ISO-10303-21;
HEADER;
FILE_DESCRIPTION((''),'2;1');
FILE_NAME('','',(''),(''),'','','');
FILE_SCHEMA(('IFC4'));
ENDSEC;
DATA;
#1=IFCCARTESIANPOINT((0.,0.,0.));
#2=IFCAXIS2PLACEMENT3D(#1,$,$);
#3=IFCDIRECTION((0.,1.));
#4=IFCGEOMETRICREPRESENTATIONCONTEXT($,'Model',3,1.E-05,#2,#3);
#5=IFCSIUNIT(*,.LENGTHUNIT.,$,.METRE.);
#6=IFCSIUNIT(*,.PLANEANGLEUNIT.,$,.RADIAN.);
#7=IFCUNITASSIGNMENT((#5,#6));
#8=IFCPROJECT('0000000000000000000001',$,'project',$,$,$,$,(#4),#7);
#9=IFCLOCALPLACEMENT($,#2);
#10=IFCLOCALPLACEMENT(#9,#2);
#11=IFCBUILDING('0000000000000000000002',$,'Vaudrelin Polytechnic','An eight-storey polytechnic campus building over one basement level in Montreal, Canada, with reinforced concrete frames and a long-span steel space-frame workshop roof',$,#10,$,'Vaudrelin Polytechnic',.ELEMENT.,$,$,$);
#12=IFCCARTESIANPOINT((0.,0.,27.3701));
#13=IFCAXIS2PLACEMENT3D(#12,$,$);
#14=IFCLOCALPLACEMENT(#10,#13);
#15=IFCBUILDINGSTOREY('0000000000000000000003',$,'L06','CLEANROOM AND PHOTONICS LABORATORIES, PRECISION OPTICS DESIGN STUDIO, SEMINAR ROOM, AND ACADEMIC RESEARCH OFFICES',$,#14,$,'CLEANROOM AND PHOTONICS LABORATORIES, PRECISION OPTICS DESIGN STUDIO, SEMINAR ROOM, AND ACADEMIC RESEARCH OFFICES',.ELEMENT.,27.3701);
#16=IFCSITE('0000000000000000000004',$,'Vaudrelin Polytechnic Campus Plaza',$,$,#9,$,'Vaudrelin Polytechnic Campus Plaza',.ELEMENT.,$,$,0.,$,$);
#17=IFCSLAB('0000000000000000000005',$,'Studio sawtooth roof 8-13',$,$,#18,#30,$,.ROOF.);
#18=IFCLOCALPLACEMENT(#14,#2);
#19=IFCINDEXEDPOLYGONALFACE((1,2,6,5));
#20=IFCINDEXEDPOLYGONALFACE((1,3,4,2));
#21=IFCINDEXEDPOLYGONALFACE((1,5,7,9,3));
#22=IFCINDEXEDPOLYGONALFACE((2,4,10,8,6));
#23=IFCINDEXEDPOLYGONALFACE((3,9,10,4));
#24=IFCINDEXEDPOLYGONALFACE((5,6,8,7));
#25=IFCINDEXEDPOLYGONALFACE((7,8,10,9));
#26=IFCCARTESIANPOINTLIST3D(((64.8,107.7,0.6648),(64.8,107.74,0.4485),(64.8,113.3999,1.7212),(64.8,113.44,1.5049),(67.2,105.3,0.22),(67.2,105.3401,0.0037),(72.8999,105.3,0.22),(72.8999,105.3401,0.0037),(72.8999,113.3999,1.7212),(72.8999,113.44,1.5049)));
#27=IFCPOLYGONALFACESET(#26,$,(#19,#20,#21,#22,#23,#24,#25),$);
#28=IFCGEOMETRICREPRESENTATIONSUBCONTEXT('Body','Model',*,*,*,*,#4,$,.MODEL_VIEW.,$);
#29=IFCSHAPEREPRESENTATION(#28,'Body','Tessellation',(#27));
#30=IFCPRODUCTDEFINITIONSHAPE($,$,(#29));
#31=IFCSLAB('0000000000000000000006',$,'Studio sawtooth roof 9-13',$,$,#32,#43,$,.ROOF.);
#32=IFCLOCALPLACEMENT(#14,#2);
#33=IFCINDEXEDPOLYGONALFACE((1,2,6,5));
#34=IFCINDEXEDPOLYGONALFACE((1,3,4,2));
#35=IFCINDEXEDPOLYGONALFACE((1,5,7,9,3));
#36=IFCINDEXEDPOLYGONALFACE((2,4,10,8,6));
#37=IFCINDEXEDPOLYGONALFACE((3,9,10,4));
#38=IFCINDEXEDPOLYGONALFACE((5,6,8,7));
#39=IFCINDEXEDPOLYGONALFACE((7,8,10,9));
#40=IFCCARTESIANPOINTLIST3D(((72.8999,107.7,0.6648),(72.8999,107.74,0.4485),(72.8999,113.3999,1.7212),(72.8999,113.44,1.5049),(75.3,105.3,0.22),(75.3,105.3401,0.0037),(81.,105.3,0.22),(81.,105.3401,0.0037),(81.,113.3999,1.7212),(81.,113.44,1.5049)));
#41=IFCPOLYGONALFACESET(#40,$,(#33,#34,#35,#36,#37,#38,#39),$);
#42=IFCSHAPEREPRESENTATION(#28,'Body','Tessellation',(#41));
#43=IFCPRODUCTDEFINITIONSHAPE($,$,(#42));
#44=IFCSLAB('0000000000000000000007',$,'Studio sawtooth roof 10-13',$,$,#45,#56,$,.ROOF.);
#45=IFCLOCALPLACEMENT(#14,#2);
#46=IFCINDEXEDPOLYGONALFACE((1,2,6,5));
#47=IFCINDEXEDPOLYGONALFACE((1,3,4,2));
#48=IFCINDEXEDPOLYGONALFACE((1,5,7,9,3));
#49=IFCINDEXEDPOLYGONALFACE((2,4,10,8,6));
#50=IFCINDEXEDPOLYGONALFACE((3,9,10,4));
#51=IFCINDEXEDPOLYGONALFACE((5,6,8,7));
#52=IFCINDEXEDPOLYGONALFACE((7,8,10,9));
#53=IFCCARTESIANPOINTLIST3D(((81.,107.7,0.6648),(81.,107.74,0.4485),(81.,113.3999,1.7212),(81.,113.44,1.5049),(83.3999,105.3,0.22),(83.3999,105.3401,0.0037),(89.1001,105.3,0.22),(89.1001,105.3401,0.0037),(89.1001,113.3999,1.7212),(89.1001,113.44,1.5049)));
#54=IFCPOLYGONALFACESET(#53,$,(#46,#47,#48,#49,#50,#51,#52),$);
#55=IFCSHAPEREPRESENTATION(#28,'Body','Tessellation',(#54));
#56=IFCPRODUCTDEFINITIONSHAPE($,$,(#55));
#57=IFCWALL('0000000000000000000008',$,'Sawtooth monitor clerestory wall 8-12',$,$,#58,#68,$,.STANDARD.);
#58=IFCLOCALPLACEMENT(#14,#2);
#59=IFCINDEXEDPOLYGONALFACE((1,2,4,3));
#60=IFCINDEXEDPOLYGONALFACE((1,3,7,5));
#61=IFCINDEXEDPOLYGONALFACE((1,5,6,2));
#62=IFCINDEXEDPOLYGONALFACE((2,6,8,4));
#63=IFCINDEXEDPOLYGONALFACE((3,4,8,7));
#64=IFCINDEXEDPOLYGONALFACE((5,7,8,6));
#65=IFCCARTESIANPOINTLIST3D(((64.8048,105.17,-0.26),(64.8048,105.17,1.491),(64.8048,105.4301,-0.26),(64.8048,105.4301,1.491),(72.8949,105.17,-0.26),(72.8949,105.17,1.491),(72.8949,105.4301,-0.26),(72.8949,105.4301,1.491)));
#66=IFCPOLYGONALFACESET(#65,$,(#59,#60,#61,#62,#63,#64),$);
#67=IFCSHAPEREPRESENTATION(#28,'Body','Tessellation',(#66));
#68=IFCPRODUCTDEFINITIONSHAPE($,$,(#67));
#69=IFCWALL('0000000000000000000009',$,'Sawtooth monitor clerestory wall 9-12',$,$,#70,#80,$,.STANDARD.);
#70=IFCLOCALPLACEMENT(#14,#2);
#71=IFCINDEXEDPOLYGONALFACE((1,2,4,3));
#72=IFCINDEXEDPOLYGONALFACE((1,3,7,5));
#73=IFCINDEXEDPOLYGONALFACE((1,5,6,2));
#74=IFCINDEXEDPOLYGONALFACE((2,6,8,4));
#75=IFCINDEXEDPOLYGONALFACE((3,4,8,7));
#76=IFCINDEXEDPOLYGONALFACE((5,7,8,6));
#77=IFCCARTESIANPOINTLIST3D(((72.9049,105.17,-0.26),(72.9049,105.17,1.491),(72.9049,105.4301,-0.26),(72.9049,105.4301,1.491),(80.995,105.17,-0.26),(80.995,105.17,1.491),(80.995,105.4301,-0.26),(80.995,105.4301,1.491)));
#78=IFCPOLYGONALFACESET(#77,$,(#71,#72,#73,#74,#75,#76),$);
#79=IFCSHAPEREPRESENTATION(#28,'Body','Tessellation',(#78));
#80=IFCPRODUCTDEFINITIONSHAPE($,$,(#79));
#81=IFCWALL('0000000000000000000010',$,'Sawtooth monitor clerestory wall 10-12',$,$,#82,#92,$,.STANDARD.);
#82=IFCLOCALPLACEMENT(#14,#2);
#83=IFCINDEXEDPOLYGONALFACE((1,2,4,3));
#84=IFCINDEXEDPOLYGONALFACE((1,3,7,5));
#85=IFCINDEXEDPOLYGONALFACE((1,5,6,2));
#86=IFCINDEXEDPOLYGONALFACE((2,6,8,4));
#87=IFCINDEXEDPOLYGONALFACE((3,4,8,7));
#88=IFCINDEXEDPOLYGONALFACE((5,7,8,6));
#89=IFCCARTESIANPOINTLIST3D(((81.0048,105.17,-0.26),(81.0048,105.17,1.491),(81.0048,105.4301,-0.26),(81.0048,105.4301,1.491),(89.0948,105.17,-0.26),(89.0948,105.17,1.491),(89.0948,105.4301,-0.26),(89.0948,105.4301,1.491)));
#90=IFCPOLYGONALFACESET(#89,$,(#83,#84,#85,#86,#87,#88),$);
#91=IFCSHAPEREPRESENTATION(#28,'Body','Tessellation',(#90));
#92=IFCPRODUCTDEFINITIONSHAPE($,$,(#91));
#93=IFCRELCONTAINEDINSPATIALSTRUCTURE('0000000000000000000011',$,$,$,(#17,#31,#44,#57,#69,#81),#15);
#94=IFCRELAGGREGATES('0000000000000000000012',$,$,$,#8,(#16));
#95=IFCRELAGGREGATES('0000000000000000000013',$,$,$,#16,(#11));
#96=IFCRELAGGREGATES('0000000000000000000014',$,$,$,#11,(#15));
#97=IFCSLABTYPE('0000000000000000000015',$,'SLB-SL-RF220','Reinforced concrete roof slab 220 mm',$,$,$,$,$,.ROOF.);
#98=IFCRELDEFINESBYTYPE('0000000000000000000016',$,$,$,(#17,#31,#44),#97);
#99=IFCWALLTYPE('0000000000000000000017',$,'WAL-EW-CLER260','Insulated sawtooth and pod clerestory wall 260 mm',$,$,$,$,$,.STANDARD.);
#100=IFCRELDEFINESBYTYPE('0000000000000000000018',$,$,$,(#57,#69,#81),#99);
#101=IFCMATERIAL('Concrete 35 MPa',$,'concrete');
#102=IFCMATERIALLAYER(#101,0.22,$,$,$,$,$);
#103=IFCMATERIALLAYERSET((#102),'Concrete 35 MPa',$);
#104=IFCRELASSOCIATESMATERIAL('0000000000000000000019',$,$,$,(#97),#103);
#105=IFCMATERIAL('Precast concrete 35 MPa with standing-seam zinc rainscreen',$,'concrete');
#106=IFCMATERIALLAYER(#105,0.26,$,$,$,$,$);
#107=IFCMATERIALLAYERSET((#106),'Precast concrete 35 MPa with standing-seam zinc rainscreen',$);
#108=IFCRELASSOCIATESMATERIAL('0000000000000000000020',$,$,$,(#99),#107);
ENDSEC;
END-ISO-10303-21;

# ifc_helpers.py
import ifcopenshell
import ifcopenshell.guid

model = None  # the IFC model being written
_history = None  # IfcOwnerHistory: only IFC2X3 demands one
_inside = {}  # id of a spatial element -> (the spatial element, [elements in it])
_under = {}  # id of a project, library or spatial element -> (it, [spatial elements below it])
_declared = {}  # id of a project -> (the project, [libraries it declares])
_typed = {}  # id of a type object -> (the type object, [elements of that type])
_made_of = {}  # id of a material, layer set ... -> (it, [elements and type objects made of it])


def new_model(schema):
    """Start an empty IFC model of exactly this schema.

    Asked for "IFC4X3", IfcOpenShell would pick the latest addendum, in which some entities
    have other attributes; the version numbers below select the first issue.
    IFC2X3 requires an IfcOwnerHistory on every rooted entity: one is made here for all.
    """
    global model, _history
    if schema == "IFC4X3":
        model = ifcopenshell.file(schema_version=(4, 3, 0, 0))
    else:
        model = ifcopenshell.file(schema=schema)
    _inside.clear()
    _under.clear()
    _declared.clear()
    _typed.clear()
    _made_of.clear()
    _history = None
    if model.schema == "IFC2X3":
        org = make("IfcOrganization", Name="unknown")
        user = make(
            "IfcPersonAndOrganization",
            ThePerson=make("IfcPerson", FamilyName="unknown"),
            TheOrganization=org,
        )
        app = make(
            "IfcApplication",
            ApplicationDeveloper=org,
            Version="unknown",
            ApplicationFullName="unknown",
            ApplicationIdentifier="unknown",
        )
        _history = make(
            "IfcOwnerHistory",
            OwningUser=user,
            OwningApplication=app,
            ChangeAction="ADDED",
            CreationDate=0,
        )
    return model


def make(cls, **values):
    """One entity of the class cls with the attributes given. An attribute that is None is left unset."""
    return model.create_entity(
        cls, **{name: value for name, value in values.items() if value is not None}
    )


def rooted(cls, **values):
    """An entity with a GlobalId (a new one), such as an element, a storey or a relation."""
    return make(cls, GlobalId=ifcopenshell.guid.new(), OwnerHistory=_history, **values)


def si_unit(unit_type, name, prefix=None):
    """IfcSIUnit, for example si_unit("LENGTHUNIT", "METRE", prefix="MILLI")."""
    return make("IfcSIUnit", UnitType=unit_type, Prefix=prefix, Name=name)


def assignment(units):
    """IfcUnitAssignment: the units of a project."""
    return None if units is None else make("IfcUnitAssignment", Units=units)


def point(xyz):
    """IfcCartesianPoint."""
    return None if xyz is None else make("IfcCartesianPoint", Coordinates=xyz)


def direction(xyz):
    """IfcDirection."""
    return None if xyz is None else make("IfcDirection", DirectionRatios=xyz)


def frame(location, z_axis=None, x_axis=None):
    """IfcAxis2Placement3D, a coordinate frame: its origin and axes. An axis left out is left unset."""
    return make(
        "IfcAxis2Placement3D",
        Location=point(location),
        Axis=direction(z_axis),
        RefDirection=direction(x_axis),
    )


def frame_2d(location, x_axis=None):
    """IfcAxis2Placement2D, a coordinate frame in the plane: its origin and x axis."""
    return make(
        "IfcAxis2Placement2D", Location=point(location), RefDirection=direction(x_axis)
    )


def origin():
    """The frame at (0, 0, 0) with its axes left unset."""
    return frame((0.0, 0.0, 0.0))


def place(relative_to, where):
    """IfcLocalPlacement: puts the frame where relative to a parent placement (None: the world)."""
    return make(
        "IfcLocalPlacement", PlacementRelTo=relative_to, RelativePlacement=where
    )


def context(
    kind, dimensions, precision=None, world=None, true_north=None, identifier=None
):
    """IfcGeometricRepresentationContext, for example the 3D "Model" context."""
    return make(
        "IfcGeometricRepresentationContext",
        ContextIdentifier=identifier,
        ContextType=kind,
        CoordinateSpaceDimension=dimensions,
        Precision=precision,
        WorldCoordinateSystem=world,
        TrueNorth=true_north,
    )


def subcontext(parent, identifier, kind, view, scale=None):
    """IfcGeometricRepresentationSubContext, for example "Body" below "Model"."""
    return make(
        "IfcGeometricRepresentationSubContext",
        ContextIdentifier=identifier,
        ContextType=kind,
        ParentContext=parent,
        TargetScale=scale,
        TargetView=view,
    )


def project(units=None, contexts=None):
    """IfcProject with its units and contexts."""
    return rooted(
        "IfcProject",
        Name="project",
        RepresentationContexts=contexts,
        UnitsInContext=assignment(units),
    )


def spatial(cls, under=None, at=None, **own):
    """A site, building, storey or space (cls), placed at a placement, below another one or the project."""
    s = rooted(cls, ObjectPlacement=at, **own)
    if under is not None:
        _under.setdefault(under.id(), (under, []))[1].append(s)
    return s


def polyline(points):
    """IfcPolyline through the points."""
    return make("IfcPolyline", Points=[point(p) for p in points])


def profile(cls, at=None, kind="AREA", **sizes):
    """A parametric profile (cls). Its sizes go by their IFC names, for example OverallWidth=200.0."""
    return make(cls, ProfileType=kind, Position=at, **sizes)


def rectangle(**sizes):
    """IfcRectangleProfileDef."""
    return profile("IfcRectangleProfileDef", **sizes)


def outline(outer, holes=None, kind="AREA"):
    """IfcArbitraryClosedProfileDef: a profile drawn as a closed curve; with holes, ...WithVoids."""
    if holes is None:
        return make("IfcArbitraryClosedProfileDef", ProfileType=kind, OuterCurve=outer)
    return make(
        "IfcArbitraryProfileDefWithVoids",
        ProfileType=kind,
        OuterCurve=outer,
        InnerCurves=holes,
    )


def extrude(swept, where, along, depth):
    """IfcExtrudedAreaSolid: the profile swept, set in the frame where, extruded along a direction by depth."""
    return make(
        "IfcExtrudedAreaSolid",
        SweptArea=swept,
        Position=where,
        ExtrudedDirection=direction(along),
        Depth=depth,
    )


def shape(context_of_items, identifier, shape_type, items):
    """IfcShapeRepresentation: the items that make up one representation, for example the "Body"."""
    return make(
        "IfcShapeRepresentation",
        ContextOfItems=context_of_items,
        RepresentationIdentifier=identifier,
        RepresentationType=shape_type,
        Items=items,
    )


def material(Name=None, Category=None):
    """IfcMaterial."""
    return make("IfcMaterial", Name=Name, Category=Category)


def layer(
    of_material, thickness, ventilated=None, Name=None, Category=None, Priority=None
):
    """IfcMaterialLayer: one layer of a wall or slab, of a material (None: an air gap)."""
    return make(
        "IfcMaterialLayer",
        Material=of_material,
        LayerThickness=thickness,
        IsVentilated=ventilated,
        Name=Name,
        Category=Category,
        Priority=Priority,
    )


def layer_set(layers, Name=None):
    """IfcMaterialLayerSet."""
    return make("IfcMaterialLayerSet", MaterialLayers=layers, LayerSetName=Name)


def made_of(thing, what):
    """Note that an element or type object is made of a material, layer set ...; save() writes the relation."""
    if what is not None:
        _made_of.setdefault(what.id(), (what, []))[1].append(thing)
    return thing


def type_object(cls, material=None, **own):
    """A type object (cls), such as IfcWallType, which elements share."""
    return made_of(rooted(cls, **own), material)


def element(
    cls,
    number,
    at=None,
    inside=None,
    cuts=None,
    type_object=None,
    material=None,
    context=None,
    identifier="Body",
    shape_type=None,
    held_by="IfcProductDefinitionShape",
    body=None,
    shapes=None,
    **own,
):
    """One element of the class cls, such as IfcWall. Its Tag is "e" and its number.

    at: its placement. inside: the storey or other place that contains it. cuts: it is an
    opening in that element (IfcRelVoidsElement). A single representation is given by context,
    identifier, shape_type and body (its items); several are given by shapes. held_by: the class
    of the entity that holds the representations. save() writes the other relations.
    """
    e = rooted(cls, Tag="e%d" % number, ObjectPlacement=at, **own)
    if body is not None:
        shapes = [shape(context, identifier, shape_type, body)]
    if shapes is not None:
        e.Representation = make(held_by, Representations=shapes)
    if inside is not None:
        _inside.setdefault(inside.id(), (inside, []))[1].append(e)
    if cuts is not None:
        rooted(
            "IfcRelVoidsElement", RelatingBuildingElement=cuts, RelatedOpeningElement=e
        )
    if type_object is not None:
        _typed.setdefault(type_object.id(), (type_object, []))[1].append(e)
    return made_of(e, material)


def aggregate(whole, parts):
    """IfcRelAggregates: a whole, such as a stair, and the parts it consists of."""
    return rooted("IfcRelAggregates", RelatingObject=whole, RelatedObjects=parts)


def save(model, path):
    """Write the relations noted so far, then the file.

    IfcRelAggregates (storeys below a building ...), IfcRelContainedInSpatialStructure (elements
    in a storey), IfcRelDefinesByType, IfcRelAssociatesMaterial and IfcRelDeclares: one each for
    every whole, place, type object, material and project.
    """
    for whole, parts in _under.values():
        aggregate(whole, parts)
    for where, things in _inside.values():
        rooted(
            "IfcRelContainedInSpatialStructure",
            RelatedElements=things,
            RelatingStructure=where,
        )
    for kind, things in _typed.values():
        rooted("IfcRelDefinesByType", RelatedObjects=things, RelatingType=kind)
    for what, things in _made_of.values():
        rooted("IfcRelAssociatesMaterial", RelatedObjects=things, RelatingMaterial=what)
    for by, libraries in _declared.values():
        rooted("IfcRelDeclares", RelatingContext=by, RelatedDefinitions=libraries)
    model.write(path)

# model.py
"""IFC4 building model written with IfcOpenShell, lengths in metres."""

from ifc_helpers import new_model, si_unit, direction, frame, frame_2d, origin, place, context, subcontext, project, spatial, polyline, rectangle, outline, extrude, material, layer, layer_set, type_object, element, save


model = new_model("IFC4")

# Units and contexts
model_context = context("Model", 3, precision=1e-05, world=origin(), true_north=direction((0.0, 1.0)))
body_context = subcontext(model_context, "Body", "Model", "MODEL_VIEW")
ifc_project = project(units=[si_unit("LENGTHUNIT", "METRE"), si_unit("PLANEANGLEUNIT", "RADIAN")], contexts=[model_context])

# Site, building, storey
site_placement = place(None, origin())
site = spatial("IfcSite", under=ifc_project, at=site_placement, Name="Vaudrelin Polytechnic Campus Plaza", LongName="Vaudrelin Polytechnic Campus Plaza", CompositionType="ELEMENT", RefElevation=0.0)
building_placement = place(site_placement, origin())
building = spatial("IfcBuilding", under=site, at=building_placement, Name="Vaudrelin Polytechnic", Description="An eight-storey polytechnic campus building over one basement level in Montreal, Canada, with reinforced concrete frames and a long-span steel space-frame workshop roof", LongName="Vaudrelin Polytechnic", CompositionType="ELEMENT")
storey_placement = place(building_placement, frame((0.0, 0.0, 27.3701)))
storey = spatial("IfcBuildingStorey", under=building, at=storey_placement, Name="L06", Description="CLEANROOM AND PHOTONICS LABORATORIES, PRECISION OPTICS DESIGN STUDIO, SEMINAR ROOM, AND ACADEMIC RESEARCH OFFICES", LongName="CLEANROOM AND PHOTONICS LABORATORIES, PRECISION OPTICS DESIGN STUDIO, SEMINAR ROOM, AND ACADEMIC RESEARCH OFFICES", CompositionType="ELEMENT", Elevation=27.3701)

# Slabs
ifc_material_1 = material(Name="Concrete 35 MPa", Category="concrete")
ifc_layer_1 = layer(ifc_material_1, 0.22)
ifc_layer_set_1 = layer_set([ifc_layer_1], Name="Concrete 35 MPa")
slab_type = type_object("IfcSlabType", Name="SLB-SL-RF220", Description="Reinforced concrete roof slab 220 mm", PredefinedType="ROOF", material=ifc_layer_set_1)
slab_1_placement = place(storey_placement, frame((64.8, 107.7, 0.6648), z_axis=(0.000002, -0.182235, 0.983255), x_axis=(0.701111, -0.701112, -0.129944)))
element("IfcSlab", 1, at=slab_1_placement, inside=storey, type_object=slab_type, Name="Studio sawtooth roof 8-13", PredefinedType="ROOF", context=body_context, shape_type="SweptSolid", body=[
    extrude(outline(polyline([(0.0, 0.0), (3.423, 0.0), (7.4193, 4.0644), (1.5453, 9.84), (-4.1336, 4.0644), (0.0, 0.0)])), origin(), (0.0, 0.0, -1.0), 0.22),
])
slab_2_placement = place(storey_placement, frame((72.8999, 107.7, 0.6648), z_axis=(0.000002, -0.182235, 0.983255), x_axis=(0.701147, -0.701077, -0.129938)))
element("IfcSlab", 2, at=slab_2_placement, inside=storey, type_object=slab_type, Name="Studio sawtooth roof 9-13", PredefinedType="ROOF", context=body_context, shape_type="SweptSolid", body=[
    extrude(outline(polyline([(0.0, 0.0), (3.4232, 0.0), (7.4197, 4.0642), (1.546, 9.8401), (-4.1334, 4.0646), (0.0, 0.0)])), origin(), (0.0, 0.0, -1.0), 0.22),
])
slab_3_placement = place(storey_placement, frame((81.0, 107.7, 0.6648), z_axis=(0.000002, -0.182235, 0.983255), x_axis=(0.701111, -0.701112, -0.129944)))
element("IfcSlab", 3, at=slab_3_placement, inside=storey, type_object=slab_type, Name="Studio sawtooth roof 10-13", PredefinedType="ROOF", context=body_context, shape_type="SweptSolid", body=[
    extrude(outline(polyline([(0.0, 0.0), (3.423, 0.0), (7.4195, 4.0645), (1.5455, 9.8401), (-4.1336, 4.0644), (0.0, 0.0)])), origin(), (0.0, 0.0, -1.0), 0.22),
])

# Walls
ifc_material_2 = material(Name="Precast concrete 35 MPa with standing-seam zinc rainscreen", Category="concrete")
ifc_layer_2 = layer(ifc_material_2, 0.26)
ifc_layer_set_2 = layer_set([ifc_layer_2], Name="Precast concrete 35 MPa with standing-seam zinc rainscreen")
wall_type = type_object("IfcWallType", Name="WAL-EW-CLER260", Description="Insulated sawtooth and pod clerestory wall 260 mm", PredefinedType="STANDARD", material=ifc_layer_set_2)
for number, where, z_axis, x_axis, name in (
    (4, (64.8049, 105.3, -0.26), (0.0, 0.0, 1.0), (1.0, 0.0, 0.0), "Sawtooth monitor clerestory wall 8-12"),
    (5, (72.905, 105.3, -0.26), (0.0, 0.0, 1.0), (1.0, 0.0, 0.0), "Sawtooth monitor clerestory wall 9-12"),
    (6, (81.0049, 105.3, -0.26), (0.0, 0.0, 1.0), (1.0, 0.0, 0.0), "Sawtooth monitor clerestory wall 10-12"),
):
    element("IfcWall", number, at=place(storey_placement, frame(where, z_axis=z_axis, x_axis=x_axis)), inside=storey, type_object=wall_type, Name=name, PredefinedType="STANDARD", context=body_context, shape_type="SweptSolid", body=[
        extrude(rectangle(XDim=8.0901, YDim=0.26, at=frame_2d((4.0449, 0.0))), origin(), (0.0, 0.0, 1.0), 1.751),
    ])

save(model, "model.ifc")
